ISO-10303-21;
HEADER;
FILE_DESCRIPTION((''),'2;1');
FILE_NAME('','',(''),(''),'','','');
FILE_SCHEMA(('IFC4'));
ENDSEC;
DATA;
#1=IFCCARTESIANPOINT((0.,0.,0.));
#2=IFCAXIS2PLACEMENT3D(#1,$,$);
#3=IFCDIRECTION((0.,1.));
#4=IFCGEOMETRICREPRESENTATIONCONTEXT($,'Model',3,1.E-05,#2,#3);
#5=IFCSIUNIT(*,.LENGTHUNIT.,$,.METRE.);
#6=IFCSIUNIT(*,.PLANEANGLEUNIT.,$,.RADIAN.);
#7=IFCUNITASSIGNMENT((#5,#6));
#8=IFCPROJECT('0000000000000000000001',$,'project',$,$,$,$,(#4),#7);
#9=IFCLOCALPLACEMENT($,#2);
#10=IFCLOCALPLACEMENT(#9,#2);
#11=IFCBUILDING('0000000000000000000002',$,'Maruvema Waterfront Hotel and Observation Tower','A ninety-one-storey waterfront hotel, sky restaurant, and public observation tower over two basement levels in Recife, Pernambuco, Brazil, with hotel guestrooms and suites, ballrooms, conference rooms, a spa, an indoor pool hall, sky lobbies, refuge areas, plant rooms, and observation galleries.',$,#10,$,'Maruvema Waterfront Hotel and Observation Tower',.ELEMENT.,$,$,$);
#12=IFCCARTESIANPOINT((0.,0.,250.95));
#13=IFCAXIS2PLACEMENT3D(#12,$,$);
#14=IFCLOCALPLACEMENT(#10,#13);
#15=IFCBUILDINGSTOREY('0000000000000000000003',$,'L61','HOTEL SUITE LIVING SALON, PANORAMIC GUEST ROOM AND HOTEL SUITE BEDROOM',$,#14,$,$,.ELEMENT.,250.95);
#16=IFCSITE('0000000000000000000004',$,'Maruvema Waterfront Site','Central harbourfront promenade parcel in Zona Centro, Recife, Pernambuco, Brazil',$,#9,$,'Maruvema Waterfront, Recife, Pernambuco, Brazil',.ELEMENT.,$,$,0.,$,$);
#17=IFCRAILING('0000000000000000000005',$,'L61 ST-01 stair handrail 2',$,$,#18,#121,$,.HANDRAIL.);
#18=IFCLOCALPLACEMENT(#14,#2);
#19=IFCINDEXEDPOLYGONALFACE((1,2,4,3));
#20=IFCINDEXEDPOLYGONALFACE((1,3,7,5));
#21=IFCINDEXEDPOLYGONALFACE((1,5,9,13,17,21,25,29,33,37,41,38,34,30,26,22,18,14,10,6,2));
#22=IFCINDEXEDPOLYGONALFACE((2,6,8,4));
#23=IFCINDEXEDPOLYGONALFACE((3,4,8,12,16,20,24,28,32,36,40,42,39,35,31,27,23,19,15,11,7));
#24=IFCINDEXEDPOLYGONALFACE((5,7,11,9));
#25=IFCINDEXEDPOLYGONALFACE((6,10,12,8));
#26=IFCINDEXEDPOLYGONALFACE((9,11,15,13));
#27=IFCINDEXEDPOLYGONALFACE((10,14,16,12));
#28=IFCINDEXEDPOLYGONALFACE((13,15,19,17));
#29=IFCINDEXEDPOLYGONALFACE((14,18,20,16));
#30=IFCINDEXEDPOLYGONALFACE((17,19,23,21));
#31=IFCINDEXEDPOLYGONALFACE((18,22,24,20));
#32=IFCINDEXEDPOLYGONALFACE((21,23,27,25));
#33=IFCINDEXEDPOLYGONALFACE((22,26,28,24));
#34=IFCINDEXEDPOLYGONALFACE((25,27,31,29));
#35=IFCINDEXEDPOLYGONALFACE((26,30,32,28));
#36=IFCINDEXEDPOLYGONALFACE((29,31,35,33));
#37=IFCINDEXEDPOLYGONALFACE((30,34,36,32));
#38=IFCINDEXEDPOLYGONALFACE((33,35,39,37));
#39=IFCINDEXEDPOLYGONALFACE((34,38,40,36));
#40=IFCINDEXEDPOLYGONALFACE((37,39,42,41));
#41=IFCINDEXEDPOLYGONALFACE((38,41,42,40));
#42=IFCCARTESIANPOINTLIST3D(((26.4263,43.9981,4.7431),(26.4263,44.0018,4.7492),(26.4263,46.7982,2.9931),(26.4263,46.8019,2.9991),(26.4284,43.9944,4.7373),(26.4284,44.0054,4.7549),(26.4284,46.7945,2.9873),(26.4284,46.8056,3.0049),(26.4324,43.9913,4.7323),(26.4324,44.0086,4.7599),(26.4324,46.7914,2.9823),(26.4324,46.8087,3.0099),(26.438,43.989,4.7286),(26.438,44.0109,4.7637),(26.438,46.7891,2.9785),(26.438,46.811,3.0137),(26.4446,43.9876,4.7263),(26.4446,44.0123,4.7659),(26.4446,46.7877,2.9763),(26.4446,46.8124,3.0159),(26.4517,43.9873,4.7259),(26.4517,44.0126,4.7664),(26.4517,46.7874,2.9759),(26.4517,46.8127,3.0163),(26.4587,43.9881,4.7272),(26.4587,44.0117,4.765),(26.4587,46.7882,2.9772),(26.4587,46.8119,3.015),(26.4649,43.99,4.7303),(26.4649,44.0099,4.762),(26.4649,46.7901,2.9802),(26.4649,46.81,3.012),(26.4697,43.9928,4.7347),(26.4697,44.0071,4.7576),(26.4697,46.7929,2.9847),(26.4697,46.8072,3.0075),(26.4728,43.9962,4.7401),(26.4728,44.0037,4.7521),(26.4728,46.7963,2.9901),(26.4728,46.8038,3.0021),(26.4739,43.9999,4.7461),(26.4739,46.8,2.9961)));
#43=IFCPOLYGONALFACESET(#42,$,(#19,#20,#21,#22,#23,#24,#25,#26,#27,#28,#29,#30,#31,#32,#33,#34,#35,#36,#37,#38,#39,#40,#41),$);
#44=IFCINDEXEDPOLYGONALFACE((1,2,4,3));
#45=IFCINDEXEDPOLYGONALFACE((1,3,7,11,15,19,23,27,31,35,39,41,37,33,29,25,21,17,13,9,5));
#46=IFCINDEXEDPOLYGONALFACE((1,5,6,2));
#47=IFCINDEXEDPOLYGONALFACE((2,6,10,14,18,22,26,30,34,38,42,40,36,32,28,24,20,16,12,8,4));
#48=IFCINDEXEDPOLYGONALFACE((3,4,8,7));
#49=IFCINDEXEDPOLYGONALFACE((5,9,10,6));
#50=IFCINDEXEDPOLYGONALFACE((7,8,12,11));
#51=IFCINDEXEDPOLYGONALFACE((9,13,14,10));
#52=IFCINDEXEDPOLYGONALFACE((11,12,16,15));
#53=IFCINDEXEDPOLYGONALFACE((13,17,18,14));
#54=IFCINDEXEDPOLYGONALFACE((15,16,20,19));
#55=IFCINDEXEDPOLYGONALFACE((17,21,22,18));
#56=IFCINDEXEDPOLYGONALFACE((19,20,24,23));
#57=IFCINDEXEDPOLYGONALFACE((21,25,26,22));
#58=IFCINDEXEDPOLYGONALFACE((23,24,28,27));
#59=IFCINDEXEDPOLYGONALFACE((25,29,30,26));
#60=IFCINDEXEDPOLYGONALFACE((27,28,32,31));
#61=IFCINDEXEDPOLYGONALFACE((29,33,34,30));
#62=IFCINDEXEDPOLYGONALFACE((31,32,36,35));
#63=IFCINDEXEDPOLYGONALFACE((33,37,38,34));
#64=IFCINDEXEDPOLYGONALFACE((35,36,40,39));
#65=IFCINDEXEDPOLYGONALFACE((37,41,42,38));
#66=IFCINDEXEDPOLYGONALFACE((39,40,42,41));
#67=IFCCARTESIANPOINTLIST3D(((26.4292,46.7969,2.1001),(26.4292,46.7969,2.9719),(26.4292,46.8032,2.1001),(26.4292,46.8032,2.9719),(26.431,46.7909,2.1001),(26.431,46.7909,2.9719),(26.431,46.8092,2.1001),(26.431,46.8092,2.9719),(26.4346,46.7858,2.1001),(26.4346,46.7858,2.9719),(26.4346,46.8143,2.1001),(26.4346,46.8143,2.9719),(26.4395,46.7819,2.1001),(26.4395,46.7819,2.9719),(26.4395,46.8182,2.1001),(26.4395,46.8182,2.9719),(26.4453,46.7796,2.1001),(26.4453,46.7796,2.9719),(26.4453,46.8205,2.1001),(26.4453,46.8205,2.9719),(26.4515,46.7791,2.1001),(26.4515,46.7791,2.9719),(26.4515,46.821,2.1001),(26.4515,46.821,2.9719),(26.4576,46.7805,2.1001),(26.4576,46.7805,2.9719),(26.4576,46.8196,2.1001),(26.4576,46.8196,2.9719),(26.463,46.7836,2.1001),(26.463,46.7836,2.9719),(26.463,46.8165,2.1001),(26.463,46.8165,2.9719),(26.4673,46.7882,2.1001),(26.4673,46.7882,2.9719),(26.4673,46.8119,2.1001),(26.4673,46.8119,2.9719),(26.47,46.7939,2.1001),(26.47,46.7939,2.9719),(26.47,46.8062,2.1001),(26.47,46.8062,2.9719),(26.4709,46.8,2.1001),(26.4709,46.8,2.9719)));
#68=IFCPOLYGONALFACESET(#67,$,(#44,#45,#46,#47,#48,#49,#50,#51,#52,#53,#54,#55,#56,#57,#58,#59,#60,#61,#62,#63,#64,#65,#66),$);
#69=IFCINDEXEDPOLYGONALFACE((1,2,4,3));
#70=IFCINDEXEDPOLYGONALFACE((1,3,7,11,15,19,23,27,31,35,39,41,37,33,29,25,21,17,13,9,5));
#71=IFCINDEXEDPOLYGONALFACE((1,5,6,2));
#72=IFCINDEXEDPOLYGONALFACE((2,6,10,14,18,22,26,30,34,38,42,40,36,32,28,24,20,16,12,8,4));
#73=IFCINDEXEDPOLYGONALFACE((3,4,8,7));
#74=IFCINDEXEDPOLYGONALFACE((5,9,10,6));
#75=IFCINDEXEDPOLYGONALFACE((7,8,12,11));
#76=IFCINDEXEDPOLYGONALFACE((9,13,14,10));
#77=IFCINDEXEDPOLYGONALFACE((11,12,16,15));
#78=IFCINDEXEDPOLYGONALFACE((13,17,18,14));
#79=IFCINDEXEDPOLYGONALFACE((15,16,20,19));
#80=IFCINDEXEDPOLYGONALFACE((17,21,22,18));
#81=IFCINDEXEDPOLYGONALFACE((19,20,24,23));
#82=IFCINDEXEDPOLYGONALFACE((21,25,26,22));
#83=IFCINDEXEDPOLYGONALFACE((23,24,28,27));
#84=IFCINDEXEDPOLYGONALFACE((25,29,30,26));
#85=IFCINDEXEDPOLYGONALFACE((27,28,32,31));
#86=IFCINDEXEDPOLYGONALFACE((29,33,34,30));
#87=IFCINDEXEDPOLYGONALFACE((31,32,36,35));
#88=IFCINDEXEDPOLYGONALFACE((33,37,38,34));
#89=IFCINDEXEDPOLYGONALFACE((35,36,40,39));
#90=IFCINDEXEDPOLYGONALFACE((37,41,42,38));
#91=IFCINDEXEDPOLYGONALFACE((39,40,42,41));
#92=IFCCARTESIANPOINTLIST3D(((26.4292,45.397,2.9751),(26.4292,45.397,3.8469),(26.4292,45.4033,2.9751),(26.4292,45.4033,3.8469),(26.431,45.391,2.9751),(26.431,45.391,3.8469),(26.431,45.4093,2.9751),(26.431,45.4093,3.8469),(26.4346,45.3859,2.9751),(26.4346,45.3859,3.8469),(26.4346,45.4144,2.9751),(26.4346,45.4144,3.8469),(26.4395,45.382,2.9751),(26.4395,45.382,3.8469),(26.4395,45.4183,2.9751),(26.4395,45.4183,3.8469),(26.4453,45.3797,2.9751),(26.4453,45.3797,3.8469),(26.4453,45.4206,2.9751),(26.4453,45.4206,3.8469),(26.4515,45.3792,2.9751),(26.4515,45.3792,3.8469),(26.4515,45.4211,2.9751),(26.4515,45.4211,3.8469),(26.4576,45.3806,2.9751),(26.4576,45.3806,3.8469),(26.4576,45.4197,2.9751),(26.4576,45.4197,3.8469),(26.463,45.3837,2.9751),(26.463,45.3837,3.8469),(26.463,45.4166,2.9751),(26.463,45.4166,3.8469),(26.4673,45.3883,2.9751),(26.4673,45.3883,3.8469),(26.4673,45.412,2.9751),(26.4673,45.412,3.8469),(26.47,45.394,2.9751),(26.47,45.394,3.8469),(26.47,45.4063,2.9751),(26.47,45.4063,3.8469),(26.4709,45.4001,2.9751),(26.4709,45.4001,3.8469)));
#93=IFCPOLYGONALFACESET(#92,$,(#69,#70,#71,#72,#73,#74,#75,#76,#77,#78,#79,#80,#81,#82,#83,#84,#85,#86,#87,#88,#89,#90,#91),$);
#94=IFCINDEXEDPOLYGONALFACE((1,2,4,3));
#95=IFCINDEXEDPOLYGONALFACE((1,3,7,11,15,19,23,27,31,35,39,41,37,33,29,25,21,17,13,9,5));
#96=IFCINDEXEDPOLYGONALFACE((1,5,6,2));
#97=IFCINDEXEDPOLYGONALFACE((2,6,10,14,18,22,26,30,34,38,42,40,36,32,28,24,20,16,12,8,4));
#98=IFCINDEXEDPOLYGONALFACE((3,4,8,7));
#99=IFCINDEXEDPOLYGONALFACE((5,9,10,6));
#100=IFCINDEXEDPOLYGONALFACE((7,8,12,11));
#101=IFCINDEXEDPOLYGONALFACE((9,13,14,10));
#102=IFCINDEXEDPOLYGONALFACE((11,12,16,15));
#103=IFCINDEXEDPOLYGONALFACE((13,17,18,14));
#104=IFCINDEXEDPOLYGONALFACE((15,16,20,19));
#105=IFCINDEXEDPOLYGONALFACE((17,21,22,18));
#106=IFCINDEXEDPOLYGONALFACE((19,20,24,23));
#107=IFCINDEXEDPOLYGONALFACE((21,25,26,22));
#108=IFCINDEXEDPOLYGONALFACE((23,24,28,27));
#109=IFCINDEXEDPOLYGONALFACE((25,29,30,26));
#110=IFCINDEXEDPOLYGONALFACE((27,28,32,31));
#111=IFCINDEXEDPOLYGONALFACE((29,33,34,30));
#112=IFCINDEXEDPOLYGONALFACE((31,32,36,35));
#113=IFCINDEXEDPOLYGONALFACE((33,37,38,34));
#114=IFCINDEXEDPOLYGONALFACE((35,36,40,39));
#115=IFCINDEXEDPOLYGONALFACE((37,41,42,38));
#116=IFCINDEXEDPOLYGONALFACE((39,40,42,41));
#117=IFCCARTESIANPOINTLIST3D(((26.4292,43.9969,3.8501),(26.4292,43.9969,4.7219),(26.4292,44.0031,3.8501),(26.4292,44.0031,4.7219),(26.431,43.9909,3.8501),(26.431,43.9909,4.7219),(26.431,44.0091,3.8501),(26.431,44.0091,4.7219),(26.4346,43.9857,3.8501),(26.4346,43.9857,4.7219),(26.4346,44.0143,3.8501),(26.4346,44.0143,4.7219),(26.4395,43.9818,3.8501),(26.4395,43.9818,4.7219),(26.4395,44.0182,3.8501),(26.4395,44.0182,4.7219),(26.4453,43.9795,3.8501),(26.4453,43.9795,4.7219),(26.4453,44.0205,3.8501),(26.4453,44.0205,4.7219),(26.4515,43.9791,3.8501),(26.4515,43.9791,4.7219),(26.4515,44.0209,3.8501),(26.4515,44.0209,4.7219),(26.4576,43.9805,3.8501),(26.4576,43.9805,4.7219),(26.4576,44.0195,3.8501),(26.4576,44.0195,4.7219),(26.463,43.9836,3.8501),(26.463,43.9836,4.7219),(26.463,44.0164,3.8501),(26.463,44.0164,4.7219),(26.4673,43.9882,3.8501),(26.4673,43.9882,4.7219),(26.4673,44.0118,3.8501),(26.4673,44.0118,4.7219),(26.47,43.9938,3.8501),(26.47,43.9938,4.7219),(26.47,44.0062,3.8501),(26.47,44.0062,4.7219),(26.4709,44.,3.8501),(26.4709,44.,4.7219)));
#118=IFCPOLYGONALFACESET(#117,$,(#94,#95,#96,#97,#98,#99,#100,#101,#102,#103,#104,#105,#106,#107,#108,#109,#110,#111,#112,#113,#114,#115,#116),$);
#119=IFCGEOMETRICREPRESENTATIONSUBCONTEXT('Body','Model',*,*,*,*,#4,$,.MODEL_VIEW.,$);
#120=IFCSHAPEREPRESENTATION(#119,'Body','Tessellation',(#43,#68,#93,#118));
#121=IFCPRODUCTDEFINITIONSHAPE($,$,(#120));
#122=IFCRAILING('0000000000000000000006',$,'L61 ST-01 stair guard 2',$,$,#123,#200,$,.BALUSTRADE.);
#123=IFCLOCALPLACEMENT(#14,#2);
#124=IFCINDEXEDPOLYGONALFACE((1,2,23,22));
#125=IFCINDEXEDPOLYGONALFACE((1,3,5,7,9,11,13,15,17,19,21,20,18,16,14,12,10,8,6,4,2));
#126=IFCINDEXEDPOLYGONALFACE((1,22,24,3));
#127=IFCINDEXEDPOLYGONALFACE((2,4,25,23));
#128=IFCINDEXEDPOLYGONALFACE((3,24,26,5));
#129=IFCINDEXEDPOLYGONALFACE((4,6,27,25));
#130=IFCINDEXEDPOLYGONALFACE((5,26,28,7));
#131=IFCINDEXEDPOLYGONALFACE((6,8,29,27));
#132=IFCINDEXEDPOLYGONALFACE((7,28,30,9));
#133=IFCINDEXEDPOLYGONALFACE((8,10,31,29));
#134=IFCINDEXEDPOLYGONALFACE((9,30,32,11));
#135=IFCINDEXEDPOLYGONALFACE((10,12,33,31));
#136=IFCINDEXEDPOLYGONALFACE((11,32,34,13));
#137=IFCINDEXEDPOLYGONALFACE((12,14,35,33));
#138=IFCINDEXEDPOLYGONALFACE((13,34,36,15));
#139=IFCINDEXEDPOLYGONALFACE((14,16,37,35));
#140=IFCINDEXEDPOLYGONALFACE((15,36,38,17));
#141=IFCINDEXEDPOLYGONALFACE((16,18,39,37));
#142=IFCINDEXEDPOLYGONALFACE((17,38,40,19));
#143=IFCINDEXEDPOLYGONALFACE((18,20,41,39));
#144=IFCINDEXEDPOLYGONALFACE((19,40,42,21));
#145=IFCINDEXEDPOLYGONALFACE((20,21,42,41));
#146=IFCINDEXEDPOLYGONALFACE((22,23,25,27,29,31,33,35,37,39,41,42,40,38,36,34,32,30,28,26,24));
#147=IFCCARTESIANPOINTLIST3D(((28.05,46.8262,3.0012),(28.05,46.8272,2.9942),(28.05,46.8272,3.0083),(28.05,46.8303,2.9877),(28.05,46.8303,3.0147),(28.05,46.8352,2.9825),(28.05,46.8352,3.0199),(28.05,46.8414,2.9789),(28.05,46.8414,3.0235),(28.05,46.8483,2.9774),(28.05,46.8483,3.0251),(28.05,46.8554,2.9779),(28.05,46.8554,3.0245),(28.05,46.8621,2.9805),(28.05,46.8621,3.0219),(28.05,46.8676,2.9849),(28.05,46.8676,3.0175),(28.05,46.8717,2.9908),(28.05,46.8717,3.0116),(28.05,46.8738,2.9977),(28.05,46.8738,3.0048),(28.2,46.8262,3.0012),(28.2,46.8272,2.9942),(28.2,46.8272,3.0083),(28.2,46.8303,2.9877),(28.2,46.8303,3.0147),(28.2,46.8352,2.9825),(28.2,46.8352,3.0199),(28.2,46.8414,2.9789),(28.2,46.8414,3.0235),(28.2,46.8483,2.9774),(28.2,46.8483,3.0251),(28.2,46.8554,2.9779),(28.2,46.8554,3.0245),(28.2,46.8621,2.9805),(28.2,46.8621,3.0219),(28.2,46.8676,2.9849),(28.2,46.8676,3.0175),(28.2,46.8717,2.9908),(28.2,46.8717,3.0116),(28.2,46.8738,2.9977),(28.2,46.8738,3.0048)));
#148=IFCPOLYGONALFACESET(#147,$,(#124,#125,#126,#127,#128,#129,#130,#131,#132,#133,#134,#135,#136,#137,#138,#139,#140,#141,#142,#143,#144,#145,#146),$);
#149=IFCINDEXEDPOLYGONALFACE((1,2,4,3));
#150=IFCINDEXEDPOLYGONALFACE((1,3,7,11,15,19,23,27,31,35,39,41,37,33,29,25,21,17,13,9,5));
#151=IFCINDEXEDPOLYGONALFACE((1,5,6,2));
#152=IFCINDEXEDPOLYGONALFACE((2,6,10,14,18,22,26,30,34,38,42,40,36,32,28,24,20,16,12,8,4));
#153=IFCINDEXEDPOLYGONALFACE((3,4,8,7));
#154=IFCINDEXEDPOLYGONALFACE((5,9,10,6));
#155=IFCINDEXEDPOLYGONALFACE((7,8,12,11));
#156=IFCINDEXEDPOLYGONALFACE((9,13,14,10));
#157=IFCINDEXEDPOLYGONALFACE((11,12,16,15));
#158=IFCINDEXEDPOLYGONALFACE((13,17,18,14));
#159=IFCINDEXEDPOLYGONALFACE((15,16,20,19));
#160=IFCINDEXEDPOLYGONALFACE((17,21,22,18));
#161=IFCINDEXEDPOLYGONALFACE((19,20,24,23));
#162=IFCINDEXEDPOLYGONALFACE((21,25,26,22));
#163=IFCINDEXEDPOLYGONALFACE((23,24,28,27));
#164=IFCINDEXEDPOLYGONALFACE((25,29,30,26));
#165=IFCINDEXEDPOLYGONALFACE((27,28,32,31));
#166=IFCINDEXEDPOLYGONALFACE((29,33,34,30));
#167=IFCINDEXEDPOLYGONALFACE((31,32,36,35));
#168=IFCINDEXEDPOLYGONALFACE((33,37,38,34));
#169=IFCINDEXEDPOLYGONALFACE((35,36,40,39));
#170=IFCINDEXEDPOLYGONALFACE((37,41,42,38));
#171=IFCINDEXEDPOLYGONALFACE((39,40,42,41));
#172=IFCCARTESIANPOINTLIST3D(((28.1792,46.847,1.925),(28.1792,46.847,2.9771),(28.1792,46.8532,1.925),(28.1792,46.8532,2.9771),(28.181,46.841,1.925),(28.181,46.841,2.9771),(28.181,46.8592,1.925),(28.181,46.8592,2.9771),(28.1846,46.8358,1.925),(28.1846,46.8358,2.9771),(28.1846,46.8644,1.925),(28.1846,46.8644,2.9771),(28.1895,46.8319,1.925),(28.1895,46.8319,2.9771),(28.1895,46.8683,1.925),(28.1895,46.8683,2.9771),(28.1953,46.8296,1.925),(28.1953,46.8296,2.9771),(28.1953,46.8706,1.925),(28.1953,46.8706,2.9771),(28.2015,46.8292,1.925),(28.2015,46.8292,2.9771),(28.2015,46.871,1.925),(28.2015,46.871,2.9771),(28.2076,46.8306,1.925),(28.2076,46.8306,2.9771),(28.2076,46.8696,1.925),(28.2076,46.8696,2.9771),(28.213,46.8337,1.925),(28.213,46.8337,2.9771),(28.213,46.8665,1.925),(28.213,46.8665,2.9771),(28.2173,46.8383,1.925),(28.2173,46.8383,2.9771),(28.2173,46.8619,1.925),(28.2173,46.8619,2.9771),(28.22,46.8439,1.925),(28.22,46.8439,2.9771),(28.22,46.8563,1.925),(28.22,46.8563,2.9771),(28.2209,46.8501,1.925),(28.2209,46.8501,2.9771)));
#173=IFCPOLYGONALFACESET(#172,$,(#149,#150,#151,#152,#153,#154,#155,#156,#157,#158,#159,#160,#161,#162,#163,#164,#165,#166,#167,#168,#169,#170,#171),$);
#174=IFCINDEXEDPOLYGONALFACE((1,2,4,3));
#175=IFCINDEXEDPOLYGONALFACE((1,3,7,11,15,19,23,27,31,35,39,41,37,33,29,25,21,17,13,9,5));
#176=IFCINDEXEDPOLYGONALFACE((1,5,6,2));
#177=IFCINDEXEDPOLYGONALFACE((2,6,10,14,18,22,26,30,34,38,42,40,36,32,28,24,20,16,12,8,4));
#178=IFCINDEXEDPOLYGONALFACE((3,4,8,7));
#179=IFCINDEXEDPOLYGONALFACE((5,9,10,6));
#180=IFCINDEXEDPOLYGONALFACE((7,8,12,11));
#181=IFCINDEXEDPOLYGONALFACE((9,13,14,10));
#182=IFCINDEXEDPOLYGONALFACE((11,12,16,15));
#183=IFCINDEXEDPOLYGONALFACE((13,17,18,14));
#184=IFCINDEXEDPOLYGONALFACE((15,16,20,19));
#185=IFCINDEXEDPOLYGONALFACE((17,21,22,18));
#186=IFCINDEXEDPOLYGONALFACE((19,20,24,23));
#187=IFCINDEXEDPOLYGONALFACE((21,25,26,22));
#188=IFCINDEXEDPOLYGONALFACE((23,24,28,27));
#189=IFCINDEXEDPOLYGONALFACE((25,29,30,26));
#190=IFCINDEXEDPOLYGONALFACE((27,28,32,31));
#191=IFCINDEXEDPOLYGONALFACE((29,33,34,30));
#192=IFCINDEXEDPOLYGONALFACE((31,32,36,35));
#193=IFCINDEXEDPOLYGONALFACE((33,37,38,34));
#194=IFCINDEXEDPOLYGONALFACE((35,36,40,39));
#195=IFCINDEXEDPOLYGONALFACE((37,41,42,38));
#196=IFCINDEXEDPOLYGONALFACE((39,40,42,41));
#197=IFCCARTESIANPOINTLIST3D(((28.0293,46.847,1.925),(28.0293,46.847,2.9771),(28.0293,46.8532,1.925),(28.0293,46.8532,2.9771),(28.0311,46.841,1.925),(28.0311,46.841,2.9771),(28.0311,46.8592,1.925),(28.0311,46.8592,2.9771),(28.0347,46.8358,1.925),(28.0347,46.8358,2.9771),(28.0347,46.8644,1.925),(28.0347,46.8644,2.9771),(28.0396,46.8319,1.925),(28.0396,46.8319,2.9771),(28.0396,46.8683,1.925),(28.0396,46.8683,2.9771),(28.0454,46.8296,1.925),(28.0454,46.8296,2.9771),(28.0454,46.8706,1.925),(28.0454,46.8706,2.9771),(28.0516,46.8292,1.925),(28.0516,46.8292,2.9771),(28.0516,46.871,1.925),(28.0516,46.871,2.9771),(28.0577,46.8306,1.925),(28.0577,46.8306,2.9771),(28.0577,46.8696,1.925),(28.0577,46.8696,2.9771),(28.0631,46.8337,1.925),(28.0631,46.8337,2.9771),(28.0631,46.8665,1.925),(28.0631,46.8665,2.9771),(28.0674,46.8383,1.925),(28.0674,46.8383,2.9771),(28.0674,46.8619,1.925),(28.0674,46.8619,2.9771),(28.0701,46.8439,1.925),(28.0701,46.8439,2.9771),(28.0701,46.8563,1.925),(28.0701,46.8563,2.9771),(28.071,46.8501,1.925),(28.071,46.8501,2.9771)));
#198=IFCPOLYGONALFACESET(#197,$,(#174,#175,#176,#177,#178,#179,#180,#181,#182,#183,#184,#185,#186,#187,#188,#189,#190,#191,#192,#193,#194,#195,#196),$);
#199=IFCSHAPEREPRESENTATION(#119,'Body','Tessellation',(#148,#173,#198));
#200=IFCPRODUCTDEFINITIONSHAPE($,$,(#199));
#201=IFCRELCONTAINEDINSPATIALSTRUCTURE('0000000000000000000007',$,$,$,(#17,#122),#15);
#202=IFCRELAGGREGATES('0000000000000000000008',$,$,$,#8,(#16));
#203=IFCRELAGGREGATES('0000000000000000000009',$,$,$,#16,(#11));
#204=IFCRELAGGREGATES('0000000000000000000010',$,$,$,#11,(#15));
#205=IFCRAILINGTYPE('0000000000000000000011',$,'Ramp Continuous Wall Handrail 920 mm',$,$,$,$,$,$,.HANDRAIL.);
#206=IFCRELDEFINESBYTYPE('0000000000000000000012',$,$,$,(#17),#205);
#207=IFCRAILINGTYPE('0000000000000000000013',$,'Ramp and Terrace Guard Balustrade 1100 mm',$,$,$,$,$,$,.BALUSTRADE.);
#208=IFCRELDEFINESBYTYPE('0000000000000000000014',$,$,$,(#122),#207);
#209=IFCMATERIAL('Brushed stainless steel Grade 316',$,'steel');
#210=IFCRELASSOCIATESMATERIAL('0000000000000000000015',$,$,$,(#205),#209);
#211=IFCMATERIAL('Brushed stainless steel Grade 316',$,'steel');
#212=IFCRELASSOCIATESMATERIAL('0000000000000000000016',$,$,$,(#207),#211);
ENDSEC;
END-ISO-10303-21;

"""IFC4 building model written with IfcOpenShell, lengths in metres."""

from ifc_helpers import new_model, si_unit, direction, frame, origin, origin_2d, place, context, subcontext, project, spatial, circle, extrude, material, type_object, element, save


model = new_model("IFC4")

# Units and contexts
model_context = context("Model", 3, precision=1e-05, world=origin(), true_north=direction((0.0, 1.0)))
body_context = subcontext(model_context, "Body", "Model", "MODEL_VIEW")
ifc_project = project(units=[si_unit("LENGTHUNIT", "METRE"), si_unit("PLANEANGLEUNIT", "RADIAN")], contexts=[model_context])

# Site, building, storey
site_placement = place(None, origin())
site = spatial("IfcSite", under=ifc_project, at=site_placement, Name="Maruvema Waterfront Site", Description="Central harbourfront promenade parcel in Zona Centro, Recife, Pernambuco, Brazil", LongName="Maruvema Waterfront, Recife, Pernambuco, Brazil", CompositionType="ELEMENT", RefElevation=0.0)
building_placement = place(site_placement, origin())
building = spatial("IfcBuilding", under=site, at=building_placement, Name="Maruvema Waterfront Hotel and Observation Tower", Description="A ninety-one-storey waterfront hotel, sky restaurant, and public observation tower over two basement levels in Recife, Pernambuco, Brazil, with hotel guestrooms and suites, ballrooms, conference rooms, a spa, an indoor pool hall, sky lobbies, refuge areas, plant rooms, and observation galleries.", LongName="Maruvema Waterfront Hotel and Observation Tower", CompositionType="ELEMENT")
storey_placement = place(building_placement, frame((0.0, 0.0, 250.95)))
storey = spatial("IfcBuildingStorey", under=building, at=storey_placement, Name="L61", Description="HOTEL SUITE LIVING SALON, PANORAMIC GUEST ROOM AND HOTEL SUITE BEDROOM", CompositionType="ELEMENT", Elevation=250.95)

# Railings
ifc_material_1 = material(Name="Brushed stainless steel Grade 316", Category="steel")
railing_type_1 = type_object("IfcRailingType", Name="Ramp Continuous Wall Handrail 920 mm", PredefinedType="HANDRAIL", material=ifc_material_1)
railing_1_placement = place(storey_placement, frame((26.45, 46.8, 2.1001)))
element("IfcRailing", 1, at=railing_1_placement, inside=storey, type_object=railing_type_1, Name="L61 ST-01 stair handrail 2", PredefinedType="HANDRAIL", context=body_context, shape_type="SweptSolid", body=[
    extrude(circle(Radius=0.0239, at=origin_2d()), frame((0.0, 0.0, 0.896), z_axis=(0.0, -0.848002, 0.529992), x_axis=(1.0, 0.0, 0.0)), (0.0, 0.0, 1.0), 3.302),
    extrude(circle(Radius=0.021, at=origin_2d()), origin(), (0.0, 0.0, 1.0), 0.8718),
    extrude(circle(Radius=0.021, at=origin_2d()), frame((0.0, -1.3999, 0.875)), (0.0, 0.0, 1.0), 0.8718),
    extrude(circle(Radius=0.021, at=origin_2d()), frame((0.0, -2.8, 1.75)), (0.0, 0.0, 1.0), 0.8718),
])
ifc_material_2 = material(Name="Brushed stainless steel Grade 316", Category="steel")
railing_type_2 = type_object("IfcRailingType", Name="Ramp and Terrace Guard Balustrade 1100 mm", PredefinedType="BALUSTRADE", material=ifc_material_2)
railing_2_placement = place(storey_placement, frame((28.2, 46.8501, 1.925)))
element("IfcRailing", 2, at=railing_2_placement, inside=storey, type_object=railing_type_2, Name="L61 ST-01 stair guard 2", PredefinedType="BALUSTRADE", context=body_context, shape_type="SweptSolid", body=[
    extrude(circle(Radius=0.0239, at=origin_2d()), frame((0.0, 0.0, 1.0762), z_axis=(-1.0, 0.0, 0.0), x_axis=(0.0, -1.0, 0.0)), (0.0, 0.0, 1.0), 0.1499),
    extrude(circle(Radius=0.021, at=origin_2d()), origin(), (0.0, 0.0, 1.0), 1.052),
    extrude(circle(Radius=0.021, at=origin_2d()), frame((-0.1499, 0.0, 0.0)), (0.0, 0.0, 1.0), 1.052),
])

save(model, "model.ifc")
